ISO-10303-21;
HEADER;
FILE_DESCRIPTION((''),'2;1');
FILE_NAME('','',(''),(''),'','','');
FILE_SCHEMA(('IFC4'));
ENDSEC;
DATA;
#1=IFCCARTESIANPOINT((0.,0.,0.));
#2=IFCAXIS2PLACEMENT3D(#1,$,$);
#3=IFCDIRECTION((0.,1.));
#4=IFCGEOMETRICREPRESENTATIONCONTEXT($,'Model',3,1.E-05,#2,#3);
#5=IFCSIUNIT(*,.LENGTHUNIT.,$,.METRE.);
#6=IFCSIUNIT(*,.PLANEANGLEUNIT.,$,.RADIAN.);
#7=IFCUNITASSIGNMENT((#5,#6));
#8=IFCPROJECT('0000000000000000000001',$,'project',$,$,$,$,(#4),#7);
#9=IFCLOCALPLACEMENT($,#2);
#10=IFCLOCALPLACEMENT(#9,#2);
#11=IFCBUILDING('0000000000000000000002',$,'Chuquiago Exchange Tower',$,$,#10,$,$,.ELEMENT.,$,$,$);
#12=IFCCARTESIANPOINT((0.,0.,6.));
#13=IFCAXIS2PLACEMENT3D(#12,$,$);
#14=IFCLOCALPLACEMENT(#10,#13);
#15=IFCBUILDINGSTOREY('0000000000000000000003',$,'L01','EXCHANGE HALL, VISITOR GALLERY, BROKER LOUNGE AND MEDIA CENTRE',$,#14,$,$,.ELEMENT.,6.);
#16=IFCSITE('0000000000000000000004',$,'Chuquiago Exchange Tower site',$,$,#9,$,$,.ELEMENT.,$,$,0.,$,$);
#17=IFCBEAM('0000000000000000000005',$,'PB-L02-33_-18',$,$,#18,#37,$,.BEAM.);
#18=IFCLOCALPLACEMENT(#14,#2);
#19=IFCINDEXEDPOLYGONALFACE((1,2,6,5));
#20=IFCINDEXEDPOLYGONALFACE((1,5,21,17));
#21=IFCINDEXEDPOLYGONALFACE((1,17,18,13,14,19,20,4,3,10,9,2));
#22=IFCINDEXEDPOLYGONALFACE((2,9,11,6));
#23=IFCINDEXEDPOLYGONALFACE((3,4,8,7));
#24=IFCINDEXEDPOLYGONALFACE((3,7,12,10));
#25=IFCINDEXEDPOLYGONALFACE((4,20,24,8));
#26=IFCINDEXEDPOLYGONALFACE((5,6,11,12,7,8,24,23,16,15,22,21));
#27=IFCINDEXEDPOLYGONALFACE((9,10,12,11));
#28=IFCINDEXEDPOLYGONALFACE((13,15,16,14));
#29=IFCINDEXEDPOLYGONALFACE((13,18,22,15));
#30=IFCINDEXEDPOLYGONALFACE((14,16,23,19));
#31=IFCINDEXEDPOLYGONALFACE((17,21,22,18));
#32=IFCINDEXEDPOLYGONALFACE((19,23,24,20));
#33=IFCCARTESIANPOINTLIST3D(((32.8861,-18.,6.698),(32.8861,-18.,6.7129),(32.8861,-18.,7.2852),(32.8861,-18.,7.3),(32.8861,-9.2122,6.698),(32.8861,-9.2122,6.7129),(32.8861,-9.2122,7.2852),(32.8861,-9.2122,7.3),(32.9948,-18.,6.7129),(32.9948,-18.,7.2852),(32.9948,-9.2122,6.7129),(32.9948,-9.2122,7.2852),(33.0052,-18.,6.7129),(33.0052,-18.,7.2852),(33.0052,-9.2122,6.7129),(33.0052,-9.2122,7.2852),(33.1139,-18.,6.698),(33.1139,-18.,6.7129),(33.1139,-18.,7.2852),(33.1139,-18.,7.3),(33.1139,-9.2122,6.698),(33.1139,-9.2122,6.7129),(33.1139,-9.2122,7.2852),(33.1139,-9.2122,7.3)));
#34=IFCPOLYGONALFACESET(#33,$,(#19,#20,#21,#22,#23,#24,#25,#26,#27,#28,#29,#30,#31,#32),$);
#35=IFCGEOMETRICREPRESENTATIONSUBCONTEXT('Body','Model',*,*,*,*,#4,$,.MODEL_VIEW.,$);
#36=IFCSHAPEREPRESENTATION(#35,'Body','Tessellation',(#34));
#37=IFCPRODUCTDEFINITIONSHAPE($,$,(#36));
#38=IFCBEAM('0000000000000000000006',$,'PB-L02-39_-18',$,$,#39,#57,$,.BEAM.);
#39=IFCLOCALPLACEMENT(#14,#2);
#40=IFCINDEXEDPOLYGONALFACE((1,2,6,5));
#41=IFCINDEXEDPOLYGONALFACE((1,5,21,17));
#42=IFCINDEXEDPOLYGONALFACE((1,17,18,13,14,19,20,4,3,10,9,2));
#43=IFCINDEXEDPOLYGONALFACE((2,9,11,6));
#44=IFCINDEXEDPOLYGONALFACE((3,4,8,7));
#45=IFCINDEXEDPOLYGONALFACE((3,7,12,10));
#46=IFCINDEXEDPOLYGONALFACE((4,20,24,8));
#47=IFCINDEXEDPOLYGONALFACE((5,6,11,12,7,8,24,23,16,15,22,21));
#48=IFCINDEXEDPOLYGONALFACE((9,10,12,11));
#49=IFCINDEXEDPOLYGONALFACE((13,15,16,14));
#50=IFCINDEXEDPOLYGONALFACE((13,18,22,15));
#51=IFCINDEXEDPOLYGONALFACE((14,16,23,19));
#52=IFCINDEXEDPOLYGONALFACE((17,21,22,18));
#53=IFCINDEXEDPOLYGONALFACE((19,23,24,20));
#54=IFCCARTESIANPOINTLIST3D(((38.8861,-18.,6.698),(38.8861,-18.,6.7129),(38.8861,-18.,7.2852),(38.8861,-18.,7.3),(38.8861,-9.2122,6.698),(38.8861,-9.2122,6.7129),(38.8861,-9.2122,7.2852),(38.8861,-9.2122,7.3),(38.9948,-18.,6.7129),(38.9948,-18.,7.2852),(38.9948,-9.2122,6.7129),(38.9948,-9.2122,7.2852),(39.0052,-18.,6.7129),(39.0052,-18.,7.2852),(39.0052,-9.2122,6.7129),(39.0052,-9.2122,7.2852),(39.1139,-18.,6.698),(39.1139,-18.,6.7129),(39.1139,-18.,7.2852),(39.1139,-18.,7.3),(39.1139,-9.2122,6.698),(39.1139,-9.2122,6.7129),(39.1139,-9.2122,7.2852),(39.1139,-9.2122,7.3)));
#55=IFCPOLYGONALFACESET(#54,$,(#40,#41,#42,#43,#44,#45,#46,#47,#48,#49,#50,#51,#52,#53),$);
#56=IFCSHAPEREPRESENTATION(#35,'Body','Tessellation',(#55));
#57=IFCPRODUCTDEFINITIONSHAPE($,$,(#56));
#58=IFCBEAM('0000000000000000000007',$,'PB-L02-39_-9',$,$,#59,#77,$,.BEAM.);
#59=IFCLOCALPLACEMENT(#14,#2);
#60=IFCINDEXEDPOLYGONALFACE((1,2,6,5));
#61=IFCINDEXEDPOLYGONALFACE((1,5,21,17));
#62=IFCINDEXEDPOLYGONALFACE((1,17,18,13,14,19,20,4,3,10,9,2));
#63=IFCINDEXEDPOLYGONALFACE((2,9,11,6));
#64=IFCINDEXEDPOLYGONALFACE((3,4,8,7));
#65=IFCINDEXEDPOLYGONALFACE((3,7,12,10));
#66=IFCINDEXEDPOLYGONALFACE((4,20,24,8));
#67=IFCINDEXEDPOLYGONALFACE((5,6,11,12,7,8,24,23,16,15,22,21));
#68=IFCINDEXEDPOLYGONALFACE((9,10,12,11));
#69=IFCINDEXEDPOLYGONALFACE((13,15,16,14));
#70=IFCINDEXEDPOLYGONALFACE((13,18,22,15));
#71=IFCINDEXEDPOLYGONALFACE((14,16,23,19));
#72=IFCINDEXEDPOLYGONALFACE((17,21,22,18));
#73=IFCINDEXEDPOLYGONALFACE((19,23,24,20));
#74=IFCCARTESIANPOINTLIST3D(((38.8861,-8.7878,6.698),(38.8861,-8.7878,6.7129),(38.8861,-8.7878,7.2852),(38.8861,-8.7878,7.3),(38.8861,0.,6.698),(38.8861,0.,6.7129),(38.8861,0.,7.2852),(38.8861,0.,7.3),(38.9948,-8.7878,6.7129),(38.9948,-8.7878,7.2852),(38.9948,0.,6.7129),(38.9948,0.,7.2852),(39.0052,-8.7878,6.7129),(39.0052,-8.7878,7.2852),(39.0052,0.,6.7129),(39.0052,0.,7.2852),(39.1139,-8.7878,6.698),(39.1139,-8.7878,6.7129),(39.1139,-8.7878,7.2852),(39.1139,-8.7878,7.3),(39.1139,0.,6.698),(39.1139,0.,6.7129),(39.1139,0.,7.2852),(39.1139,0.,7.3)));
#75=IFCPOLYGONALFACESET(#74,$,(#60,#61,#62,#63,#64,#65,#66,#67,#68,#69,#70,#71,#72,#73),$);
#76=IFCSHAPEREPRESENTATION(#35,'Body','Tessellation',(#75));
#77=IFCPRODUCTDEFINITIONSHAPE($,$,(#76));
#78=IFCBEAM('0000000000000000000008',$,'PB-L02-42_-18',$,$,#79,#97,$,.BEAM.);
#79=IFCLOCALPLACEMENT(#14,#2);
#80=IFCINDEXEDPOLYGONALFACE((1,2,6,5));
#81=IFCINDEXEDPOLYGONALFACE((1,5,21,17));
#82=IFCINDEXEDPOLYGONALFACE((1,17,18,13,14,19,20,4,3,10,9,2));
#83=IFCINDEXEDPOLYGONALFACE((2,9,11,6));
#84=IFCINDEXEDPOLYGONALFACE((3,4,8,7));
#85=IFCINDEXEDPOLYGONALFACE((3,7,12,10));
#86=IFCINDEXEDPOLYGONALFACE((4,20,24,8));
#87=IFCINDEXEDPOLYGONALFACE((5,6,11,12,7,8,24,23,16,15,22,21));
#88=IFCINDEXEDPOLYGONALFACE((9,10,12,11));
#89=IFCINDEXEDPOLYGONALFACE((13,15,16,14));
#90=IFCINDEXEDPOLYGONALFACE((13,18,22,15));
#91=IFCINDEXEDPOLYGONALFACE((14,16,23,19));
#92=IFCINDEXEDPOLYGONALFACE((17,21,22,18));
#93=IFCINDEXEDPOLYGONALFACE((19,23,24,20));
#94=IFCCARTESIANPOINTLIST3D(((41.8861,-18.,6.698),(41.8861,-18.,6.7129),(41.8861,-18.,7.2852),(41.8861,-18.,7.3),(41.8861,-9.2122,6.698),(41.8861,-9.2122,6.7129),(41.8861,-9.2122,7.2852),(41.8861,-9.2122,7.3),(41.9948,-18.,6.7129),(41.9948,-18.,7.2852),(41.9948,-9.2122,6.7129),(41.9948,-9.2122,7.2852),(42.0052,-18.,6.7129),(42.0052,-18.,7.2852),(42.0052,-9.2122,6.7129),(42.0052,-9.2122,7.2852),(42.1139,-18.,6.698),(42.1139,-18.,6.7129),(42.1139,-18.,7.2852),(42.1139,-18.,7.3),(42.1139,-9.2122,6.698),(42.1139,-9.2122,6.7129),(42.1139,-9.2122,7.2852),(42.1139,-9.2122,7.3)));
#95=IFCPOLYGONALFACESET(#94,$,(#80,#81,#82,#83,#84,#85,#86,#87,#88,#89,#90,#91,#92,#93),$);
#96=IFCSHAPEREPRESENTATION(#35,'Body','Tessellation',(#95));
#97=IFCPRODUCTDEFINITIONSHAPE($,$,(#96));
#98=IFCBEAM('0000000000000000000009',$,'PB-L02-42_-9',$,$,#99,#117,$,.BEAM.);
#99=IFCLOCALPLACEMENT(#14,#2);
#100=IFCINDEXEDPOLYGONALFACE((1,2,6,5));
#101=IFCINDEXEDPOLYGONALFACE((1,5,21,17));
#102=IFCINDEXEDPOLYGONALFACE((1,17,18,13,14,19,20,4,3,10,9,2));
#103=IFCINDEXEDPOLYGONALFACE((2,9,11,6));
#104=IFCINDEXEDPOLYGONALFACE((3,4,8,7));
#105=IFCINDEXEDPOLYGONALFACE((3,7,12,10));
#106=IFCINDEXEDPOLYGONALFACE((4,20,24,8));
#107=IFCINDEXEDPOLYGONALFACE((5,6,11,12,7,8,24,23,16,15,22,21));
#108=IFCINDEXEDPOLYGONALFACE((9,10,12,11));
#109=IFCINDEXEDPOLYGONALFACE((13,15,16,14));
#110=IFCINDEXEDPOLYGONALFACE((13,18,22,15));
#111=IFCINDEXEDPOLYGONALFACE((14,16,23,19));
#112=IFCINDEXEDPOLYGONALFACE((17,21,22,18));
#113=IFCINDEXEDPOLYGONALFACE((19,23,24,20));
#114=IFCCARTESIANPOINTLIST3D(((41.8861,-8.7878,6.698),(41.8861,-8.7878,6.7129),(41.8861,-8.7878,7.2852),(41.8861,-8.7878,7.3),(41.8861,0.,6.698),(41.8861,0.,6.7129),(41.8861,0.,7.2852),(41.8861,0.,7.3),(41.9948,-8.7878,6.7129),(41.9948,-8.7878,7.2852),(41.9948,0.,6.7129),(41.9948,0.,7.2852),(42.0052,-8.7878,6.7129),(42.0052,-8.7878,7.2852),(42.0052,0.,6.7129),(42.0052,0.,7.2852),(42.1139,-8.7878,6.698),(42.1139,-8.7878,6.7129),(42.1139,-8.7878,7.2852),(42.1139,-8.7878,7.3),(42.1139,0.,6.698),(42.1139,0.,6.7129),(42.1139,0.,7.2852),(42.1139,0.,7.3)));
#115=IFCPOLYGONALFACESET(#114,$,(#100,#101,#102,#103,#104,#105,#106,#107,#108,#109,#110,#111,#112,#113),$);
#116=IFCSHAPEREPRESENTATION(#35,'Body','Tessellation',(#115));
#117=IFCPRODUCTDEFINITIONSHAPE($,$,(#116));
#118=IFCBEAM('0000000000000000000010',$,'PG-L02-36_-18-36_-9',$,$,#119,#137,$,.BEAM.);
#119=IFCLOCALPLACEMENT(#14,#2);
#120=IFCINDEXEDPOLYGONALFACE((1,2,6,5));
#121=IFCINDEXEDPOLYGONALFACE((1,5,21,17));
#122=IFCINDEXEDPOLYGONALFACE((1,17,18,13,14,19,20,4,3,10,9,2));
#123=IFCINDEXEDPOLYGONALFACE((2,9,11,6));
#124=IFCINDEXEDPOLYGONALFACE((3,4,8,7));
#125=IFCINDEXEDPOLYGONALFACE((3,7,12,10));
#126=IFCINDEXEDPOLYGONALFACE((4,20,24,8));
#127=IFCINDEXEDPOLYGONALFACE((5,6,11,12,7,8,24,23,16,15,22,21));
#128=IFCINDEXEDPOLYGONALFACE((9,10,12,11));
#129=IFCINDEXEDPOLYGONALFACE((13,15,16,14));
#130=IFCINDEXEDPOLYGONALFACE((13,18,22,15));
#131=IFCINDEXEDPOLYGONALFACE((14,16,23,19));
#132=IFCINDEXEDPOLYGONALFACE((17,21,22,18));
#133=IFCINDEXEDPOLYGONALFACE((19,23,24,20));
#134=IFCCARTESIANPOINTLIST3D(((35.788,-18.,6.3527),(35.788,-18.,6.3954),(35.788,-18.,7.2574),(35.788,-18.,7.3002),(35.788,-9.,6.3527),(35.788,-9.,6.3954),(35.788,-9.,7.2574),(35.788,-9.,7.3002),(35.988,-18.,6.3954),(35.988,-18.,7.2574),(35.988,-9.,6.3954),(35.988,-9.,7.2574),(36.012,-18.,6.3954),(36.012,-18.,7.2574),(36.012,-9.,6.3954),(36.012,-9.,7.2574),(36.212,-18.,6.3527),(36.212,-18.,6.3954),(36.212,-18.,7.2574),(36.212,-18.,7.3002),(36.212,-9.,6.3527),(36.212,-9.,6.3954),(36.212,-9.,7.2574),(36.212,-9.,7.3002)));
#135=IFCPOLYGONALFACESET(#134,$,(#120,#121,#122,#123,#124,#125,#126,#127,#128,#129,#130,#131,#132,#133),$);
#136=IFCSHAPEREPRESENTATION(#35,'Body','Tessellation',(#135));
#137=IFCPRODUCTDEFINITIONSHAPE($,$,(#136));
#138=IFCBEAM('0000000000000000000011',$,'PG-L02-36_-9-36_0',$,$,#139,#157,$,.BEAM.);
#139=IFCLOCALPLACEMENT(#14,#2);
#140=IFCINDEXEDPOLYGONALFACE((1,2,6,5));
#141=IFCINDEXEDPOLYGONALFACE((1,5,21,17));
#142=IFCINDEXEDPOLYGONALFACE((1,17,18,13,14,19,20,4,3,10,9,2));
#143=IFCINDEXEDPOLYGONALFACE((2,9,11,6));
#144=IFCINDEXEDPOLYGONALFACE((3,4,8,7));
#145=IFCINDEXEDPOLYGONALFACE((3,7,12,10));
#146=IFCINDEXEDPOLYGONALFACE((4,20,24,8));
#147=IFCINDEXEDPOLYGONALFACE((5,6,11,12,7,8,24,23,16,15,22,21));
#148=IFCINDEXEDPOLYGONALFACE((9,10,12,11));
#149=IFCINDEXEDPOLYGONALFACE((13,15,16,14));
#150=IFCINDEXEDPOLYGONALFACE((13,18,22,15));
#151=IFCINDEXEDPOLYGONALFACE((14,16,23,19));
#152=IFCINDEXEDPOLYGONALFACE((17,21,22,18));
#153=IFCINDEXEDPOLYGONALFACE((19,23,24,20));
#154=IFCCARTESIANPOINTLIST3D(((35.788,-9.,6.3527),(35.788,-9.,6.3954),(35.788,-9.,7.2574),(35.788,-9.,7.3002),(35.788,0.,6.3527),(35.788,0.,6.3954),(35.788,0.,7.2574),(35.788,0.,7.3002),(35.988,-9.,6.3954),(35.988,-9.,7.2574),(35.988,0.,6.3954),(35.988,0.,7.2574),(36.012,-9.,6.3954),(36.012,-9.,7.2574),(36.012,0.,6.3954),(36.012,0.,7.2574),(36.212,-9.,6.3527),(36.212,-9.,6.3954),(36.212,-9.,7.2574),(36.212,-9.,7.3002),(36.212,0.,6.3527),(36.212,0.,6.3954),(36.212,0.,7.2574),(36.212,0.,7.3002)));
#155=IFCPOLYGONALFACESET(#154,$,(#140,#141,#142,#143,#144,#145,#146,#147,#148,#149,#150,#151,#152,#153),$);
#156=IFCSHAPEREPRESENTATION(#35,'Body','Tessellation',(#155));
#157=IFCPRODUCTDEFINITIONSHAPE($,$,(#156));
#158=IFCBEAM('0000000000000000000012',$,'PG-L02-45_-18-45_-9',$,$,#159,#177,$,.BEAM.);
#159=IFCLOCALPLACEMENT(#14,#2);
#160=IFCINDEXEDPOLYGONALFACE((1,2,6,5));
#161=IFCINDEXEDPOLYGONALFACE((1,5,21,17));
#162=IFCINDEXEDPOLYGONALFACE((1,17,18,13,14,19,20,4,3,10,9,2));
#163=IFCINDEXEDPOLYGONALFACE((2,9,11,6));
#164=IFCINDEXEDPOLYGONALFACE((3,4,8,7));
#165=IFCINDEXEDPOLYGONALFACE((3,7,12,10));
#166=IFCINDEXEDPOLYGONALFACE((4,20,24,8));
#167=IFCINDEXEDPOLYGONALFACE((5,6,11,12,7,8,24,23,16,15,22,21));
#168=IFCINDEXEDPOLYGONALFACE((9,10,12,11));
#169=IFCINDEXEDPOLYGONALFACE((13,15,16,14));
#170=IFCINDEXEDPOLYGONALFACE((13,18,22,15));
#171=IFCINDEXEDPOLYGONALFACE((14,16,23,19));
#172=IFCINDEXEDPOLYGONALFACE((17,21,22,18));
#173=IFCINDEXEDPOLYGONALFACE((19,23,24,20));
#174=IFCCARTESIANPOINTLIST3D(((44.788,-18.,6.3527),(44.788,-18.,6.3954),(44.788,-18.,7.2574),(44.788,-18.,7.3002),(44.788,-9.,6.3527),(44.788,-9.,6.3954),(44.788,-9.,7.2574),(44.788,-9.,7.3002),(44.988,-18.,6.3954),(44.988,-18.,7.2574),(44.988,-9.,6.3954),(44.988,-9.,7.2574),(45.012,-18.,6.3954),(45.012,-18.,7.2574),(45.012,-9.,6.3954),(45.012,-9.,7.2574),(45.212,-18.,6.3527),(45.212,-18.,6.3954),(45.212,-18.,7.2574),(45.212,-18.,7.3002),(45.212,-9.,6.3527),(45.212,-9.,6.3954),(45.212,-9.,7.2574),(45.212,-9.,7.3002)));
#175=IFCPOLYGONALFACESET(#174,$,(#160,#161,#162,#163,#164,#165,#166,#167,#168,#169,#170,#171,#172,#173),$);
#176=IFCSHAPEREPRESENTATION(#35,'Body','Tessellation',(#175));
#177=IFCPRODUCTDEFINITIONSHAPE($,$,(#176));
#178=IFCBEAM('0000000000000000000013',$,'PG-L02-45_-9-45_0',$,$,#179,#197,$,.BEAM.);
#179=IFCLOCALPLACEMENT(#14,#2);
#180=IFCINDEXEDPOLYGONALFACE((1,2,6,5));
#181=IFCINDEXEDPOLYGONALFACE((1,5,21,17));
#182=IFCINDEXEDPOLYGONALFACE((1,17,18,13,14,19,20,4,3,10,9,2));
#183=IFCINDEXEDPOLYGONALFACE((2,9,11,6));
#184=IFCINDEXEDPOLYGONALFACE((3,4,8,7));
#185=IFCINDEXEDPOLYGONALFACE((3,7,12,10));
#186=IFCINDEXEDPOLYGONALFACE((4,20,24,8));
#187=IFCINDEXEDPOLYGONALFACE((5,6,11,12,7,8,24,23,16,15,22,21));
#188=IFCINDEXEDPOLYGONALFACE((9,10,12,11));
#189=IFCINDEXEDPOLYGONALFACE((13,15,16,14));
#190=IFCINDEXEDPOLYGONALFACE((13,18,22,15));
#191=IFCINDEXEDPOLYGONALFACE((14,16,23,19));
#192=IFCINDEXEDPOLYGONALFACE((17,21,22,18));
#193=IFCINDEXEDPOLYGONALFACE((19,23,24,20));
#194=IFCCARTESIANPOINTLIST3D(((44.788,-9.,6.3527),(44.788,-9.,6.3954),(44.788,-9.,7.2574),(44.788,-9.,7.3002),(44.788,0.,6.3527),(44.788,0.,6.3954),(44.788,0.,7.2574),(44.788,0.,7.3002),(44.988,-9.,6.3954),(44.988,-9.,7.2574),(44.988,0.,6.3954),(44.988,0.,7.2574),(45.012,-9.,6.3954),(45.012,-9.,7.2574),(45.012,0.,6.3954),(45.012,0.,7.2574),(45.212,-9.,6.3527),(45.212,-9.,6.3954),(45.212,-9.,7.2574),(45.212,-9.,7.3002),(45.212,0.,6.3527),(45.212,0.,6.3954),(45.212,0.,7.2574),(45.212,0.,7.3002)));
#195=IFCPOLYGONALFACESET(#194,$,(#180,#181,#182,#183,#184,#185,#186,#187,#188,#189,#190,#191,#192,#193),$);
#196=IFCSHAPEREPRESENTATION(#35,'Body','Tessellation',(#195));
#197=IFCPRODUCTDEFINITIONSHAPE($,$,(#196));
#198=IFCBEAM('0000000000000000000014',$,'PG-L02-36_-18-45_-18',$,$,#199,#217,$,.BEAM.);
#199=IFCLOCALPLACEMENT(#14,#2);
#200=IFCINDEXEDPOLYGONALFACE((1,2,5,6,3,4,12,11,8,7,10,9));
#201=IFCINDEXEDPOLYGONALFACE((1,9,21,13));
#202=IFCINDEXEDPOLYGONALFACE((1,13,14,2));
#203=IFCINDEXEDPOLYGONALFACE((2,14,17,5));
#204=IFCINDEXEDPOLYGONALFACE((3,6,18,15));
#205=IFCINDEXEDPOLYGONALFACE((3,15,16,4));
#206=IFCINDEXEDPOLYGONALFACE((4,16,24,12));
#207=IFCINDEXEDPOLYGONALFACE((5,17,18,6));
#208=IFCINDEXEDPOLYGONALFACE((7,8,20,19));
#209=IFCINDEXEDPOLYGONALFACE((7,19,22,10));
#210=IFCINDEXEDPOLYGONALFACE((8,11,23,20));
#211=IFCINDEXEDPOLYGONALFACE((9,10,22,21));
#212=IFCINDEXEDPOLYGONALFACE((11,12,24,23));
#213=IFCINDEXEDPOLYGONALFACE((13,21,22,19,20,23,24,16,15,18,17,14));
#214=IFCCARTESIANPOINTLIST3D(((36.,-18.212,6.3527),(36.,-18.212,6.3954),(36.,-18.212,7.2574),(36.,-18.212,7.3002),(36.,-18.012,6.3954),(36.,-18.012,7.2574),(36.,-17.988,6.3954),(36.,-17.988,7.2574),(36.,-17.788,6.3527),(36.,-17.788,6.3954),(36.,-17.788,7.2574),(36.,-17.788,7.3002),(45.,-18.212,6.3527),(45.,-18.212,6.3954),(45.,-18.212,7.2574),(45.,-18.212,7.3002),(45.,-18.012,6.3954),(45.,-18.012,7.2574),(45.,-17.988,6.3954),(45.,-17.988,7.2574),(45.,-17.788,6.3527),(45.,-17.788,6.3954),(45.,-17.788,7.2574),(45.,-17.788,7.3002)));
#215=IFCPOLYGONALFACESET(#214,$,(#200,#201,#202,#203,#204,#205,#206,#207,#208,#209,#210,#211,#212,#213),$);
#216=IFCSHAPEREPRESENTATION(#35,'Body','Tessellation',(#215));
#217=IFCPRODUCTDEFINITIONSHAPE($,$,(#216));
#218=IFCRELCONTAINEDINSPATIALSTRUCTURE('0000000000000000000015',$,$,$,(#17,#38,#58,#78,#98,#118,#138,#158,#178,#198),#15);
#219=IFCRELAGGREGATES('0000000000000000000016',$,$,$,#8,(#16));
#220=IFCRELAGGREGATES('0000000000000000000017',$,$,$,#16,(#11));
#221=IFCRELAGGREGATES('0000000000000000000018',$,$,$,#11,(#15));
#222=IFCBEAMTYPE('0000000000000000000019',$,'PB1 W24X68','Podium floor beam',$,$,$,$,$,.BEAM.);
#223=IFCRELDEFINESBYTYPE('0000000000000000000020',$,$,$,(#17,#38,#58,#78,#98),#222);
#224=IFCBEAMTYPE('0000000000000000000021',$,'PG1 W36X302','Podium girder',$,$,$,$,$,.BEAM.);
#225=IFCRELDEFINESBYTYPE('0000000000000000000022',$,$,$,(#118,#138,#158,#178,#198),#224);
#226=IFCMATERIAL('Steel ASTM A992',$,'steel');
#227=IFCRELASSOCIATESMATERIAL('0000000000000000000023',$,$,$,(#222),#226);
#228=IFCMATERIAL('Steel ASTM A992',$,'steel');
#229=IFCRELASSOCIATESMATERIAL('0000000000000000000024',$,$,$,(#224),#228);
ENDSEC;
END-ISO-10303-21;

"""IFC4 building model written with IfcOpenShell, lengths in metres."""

from ifc_helpers import new_model, si_unit, direction, frame, origin, origin_2d, place, context, subcontext, project, spatial, i_section, extrude, material, material_profile, profile_set, type_object, element, save


model = new_model("IFC4")

# Units and contexts
model_context = context("Model", 3, precision=1e-05, world=origin(), true_north=direction((0.0, 1.0)))
body_context = subcontext(model_context, "Body", "Model", "MODEL_VIEW")
ifc_project = project(units=[si_unit("LENGTHUNIT", "METRE"), si_unit("PLANEANGLEUNIT", "RADIAN")], contexts=[model_context])

# Site, building, storey
site_placement = place(None, origin())
site = spatial("IfcSite", under=ifc_project, at=site_placement, Name="Chuquiago Exchange Tower site", CompositionType="ELEMENT", RefElevation=0.0)
building_placement = place(site_placement, origin())
building = spatial("IfcBuilding", under=site, at=building_placement, Name="Chuquiago Exchange Tower", CompositionType="ELEMENT")
storey_placement = place(building_placement, frame((0.0, 0.0, 6.0)))
storey = spatial("IfcBuildingStorey", under=building, at=storey_placement, Name="L01", Description="EXCHANGE HALL, VISITOR GALLERY, BROKER LOUNGE AND MEDIA CENTRE", CompositionType="ELEMENT", Elevation=6.0)

# Beams
ifc_material_1 = material(Name="Steel ASTM A992", Category="steel")
ifc_material_profile_1 = material_profile(ifc_material_1, i_section(OverallWidth=0.2278, OverallDepth=0.6021, WebThickness=0.0105, FlangeThickness=0.0149, at=origin_2d()), Name="W24X68")
ifc_profile_set_1 = profile_set([ifc_material_profile_1], Name="Steel ASTM A992")
beam_type_1 = type_object("IfcBeamType", Name="PB1 W24X68", Description="Podium floor beam", PredefinedType="BEAM", material=ifc_profile_set_1)
for number, where, z_axis, x_axis, name in (
    (1, (33.0, -18.0, 6.999), (0.0, 1.0, 0.0), (-1.0, 0.0, 0.0), "PB-L02-33_-18"),
    (2, (39.0, -18.0, 6.999), (0.0, 1.0, 0.0), (-1.0, 0.0, 0.0), "PB-L02-39_-18"),
    (3, (39.0, -8.7878, 6.999), (0.0, 1.0, 0.0), (-1.0, 0.0, 0.0), "PB-L02-39_-9"),
    (4, (42.0, -18.0, 6.999), (0.0, 1.0, 0.0), (-1.0, 0.0, 0.0), "PB-L02-42_-18"),
    (5, (42.0, -8.7878, 6.999), (0.0, 1.0, 0.0), (-1.0, 0.0, 0.0), "PB-L02-42_-9"),
):
    element("IfcBeam", number, at=place(storey_placement, frame(where, z_axis=z_axis, x_axis=x_axis)), inside=storey, type_object=beam_type_1, Name=name, PredefinedType="BEAM", context=body_context, shape_type="SweptSolid", body=[
        extrude(i_section(OverallWidth=0.2278, OverallDepth=0.6021, WebThickness=0.0105, FlangeThickness=0.0149, at=origin_2d()), origin(), (0.0, 0.0, 1.0), 8.7878),
    ])
ifc_material_2 = material(Name="Steel ASTM A992", Category="steel")
ifc_material_profile_2 = material_profile(ifc_material_2, i_section(OverallWidth=0.4241, OverallDepth=0.9475, WebThickness=0.0239, FlangeThickness=0.0427, at=origin_2d()), Name="W36X302")
ifc_profile_set_2 = profile_set([ifc_material_profile_2], Name="Steel ASTM A992")
beam_type_2 = type_object("IfcBeamType", Name="PG1 W36X302", Description="Podium girder", PredefinedType="BEAM", material=ifc_profile_set_2)
for number, where, z_axis, x_axis, name in (
    (6, (36.0, -18.0, 6.8264), (0.0, 1.0, 0.0), (-1.0, 0.0, 0.0), "PG-L02-36_-18-36_-9"),
    (7, (36.0, -9.0, 6.8264), (0.0, 1.0, 0.0), (-1.0, 0.0, 0.0), "PG-L02-36_-9-36_0"),
    (8, (45.0, -18.0, 6.8264), (0.0, 1.0, 0.0), (-1.0, 0.0, 0.0), "PG-L02-45_-18-45_-9"),
    (9, (45.0, -9.0, 6.8264), (0.0, 1.0, 0.0), (-1.0, 0.0, 0.0), "PG-L02-45_-9-45_0"),
    (10, (36.0, -18.0, 6.8264), (1.0, 0.0, 0.0), (0.0, 1.0, 0.0), "PG-L02-36_-18-45_-18"),
):
    element("IfcBeam", number, at=place(storey_placement, frame(where, z_axis=z_axis, x_axis=x_axis)), inside=storey, type_object=beam_type_2, Name=name, PredefinedType="BEAM", context=body_context, shape_type="SweptSolid", body=[
        extrude(i_section(OverallWidth=0.4241, OverallDepth=0.9475, WebThickness=0.0239, FlangeThickness=0.0427, at=origin_2d()), origin(), (0.0, 0.0, 1.0), 9.0),
    ])

save(model, "model.ifc")
